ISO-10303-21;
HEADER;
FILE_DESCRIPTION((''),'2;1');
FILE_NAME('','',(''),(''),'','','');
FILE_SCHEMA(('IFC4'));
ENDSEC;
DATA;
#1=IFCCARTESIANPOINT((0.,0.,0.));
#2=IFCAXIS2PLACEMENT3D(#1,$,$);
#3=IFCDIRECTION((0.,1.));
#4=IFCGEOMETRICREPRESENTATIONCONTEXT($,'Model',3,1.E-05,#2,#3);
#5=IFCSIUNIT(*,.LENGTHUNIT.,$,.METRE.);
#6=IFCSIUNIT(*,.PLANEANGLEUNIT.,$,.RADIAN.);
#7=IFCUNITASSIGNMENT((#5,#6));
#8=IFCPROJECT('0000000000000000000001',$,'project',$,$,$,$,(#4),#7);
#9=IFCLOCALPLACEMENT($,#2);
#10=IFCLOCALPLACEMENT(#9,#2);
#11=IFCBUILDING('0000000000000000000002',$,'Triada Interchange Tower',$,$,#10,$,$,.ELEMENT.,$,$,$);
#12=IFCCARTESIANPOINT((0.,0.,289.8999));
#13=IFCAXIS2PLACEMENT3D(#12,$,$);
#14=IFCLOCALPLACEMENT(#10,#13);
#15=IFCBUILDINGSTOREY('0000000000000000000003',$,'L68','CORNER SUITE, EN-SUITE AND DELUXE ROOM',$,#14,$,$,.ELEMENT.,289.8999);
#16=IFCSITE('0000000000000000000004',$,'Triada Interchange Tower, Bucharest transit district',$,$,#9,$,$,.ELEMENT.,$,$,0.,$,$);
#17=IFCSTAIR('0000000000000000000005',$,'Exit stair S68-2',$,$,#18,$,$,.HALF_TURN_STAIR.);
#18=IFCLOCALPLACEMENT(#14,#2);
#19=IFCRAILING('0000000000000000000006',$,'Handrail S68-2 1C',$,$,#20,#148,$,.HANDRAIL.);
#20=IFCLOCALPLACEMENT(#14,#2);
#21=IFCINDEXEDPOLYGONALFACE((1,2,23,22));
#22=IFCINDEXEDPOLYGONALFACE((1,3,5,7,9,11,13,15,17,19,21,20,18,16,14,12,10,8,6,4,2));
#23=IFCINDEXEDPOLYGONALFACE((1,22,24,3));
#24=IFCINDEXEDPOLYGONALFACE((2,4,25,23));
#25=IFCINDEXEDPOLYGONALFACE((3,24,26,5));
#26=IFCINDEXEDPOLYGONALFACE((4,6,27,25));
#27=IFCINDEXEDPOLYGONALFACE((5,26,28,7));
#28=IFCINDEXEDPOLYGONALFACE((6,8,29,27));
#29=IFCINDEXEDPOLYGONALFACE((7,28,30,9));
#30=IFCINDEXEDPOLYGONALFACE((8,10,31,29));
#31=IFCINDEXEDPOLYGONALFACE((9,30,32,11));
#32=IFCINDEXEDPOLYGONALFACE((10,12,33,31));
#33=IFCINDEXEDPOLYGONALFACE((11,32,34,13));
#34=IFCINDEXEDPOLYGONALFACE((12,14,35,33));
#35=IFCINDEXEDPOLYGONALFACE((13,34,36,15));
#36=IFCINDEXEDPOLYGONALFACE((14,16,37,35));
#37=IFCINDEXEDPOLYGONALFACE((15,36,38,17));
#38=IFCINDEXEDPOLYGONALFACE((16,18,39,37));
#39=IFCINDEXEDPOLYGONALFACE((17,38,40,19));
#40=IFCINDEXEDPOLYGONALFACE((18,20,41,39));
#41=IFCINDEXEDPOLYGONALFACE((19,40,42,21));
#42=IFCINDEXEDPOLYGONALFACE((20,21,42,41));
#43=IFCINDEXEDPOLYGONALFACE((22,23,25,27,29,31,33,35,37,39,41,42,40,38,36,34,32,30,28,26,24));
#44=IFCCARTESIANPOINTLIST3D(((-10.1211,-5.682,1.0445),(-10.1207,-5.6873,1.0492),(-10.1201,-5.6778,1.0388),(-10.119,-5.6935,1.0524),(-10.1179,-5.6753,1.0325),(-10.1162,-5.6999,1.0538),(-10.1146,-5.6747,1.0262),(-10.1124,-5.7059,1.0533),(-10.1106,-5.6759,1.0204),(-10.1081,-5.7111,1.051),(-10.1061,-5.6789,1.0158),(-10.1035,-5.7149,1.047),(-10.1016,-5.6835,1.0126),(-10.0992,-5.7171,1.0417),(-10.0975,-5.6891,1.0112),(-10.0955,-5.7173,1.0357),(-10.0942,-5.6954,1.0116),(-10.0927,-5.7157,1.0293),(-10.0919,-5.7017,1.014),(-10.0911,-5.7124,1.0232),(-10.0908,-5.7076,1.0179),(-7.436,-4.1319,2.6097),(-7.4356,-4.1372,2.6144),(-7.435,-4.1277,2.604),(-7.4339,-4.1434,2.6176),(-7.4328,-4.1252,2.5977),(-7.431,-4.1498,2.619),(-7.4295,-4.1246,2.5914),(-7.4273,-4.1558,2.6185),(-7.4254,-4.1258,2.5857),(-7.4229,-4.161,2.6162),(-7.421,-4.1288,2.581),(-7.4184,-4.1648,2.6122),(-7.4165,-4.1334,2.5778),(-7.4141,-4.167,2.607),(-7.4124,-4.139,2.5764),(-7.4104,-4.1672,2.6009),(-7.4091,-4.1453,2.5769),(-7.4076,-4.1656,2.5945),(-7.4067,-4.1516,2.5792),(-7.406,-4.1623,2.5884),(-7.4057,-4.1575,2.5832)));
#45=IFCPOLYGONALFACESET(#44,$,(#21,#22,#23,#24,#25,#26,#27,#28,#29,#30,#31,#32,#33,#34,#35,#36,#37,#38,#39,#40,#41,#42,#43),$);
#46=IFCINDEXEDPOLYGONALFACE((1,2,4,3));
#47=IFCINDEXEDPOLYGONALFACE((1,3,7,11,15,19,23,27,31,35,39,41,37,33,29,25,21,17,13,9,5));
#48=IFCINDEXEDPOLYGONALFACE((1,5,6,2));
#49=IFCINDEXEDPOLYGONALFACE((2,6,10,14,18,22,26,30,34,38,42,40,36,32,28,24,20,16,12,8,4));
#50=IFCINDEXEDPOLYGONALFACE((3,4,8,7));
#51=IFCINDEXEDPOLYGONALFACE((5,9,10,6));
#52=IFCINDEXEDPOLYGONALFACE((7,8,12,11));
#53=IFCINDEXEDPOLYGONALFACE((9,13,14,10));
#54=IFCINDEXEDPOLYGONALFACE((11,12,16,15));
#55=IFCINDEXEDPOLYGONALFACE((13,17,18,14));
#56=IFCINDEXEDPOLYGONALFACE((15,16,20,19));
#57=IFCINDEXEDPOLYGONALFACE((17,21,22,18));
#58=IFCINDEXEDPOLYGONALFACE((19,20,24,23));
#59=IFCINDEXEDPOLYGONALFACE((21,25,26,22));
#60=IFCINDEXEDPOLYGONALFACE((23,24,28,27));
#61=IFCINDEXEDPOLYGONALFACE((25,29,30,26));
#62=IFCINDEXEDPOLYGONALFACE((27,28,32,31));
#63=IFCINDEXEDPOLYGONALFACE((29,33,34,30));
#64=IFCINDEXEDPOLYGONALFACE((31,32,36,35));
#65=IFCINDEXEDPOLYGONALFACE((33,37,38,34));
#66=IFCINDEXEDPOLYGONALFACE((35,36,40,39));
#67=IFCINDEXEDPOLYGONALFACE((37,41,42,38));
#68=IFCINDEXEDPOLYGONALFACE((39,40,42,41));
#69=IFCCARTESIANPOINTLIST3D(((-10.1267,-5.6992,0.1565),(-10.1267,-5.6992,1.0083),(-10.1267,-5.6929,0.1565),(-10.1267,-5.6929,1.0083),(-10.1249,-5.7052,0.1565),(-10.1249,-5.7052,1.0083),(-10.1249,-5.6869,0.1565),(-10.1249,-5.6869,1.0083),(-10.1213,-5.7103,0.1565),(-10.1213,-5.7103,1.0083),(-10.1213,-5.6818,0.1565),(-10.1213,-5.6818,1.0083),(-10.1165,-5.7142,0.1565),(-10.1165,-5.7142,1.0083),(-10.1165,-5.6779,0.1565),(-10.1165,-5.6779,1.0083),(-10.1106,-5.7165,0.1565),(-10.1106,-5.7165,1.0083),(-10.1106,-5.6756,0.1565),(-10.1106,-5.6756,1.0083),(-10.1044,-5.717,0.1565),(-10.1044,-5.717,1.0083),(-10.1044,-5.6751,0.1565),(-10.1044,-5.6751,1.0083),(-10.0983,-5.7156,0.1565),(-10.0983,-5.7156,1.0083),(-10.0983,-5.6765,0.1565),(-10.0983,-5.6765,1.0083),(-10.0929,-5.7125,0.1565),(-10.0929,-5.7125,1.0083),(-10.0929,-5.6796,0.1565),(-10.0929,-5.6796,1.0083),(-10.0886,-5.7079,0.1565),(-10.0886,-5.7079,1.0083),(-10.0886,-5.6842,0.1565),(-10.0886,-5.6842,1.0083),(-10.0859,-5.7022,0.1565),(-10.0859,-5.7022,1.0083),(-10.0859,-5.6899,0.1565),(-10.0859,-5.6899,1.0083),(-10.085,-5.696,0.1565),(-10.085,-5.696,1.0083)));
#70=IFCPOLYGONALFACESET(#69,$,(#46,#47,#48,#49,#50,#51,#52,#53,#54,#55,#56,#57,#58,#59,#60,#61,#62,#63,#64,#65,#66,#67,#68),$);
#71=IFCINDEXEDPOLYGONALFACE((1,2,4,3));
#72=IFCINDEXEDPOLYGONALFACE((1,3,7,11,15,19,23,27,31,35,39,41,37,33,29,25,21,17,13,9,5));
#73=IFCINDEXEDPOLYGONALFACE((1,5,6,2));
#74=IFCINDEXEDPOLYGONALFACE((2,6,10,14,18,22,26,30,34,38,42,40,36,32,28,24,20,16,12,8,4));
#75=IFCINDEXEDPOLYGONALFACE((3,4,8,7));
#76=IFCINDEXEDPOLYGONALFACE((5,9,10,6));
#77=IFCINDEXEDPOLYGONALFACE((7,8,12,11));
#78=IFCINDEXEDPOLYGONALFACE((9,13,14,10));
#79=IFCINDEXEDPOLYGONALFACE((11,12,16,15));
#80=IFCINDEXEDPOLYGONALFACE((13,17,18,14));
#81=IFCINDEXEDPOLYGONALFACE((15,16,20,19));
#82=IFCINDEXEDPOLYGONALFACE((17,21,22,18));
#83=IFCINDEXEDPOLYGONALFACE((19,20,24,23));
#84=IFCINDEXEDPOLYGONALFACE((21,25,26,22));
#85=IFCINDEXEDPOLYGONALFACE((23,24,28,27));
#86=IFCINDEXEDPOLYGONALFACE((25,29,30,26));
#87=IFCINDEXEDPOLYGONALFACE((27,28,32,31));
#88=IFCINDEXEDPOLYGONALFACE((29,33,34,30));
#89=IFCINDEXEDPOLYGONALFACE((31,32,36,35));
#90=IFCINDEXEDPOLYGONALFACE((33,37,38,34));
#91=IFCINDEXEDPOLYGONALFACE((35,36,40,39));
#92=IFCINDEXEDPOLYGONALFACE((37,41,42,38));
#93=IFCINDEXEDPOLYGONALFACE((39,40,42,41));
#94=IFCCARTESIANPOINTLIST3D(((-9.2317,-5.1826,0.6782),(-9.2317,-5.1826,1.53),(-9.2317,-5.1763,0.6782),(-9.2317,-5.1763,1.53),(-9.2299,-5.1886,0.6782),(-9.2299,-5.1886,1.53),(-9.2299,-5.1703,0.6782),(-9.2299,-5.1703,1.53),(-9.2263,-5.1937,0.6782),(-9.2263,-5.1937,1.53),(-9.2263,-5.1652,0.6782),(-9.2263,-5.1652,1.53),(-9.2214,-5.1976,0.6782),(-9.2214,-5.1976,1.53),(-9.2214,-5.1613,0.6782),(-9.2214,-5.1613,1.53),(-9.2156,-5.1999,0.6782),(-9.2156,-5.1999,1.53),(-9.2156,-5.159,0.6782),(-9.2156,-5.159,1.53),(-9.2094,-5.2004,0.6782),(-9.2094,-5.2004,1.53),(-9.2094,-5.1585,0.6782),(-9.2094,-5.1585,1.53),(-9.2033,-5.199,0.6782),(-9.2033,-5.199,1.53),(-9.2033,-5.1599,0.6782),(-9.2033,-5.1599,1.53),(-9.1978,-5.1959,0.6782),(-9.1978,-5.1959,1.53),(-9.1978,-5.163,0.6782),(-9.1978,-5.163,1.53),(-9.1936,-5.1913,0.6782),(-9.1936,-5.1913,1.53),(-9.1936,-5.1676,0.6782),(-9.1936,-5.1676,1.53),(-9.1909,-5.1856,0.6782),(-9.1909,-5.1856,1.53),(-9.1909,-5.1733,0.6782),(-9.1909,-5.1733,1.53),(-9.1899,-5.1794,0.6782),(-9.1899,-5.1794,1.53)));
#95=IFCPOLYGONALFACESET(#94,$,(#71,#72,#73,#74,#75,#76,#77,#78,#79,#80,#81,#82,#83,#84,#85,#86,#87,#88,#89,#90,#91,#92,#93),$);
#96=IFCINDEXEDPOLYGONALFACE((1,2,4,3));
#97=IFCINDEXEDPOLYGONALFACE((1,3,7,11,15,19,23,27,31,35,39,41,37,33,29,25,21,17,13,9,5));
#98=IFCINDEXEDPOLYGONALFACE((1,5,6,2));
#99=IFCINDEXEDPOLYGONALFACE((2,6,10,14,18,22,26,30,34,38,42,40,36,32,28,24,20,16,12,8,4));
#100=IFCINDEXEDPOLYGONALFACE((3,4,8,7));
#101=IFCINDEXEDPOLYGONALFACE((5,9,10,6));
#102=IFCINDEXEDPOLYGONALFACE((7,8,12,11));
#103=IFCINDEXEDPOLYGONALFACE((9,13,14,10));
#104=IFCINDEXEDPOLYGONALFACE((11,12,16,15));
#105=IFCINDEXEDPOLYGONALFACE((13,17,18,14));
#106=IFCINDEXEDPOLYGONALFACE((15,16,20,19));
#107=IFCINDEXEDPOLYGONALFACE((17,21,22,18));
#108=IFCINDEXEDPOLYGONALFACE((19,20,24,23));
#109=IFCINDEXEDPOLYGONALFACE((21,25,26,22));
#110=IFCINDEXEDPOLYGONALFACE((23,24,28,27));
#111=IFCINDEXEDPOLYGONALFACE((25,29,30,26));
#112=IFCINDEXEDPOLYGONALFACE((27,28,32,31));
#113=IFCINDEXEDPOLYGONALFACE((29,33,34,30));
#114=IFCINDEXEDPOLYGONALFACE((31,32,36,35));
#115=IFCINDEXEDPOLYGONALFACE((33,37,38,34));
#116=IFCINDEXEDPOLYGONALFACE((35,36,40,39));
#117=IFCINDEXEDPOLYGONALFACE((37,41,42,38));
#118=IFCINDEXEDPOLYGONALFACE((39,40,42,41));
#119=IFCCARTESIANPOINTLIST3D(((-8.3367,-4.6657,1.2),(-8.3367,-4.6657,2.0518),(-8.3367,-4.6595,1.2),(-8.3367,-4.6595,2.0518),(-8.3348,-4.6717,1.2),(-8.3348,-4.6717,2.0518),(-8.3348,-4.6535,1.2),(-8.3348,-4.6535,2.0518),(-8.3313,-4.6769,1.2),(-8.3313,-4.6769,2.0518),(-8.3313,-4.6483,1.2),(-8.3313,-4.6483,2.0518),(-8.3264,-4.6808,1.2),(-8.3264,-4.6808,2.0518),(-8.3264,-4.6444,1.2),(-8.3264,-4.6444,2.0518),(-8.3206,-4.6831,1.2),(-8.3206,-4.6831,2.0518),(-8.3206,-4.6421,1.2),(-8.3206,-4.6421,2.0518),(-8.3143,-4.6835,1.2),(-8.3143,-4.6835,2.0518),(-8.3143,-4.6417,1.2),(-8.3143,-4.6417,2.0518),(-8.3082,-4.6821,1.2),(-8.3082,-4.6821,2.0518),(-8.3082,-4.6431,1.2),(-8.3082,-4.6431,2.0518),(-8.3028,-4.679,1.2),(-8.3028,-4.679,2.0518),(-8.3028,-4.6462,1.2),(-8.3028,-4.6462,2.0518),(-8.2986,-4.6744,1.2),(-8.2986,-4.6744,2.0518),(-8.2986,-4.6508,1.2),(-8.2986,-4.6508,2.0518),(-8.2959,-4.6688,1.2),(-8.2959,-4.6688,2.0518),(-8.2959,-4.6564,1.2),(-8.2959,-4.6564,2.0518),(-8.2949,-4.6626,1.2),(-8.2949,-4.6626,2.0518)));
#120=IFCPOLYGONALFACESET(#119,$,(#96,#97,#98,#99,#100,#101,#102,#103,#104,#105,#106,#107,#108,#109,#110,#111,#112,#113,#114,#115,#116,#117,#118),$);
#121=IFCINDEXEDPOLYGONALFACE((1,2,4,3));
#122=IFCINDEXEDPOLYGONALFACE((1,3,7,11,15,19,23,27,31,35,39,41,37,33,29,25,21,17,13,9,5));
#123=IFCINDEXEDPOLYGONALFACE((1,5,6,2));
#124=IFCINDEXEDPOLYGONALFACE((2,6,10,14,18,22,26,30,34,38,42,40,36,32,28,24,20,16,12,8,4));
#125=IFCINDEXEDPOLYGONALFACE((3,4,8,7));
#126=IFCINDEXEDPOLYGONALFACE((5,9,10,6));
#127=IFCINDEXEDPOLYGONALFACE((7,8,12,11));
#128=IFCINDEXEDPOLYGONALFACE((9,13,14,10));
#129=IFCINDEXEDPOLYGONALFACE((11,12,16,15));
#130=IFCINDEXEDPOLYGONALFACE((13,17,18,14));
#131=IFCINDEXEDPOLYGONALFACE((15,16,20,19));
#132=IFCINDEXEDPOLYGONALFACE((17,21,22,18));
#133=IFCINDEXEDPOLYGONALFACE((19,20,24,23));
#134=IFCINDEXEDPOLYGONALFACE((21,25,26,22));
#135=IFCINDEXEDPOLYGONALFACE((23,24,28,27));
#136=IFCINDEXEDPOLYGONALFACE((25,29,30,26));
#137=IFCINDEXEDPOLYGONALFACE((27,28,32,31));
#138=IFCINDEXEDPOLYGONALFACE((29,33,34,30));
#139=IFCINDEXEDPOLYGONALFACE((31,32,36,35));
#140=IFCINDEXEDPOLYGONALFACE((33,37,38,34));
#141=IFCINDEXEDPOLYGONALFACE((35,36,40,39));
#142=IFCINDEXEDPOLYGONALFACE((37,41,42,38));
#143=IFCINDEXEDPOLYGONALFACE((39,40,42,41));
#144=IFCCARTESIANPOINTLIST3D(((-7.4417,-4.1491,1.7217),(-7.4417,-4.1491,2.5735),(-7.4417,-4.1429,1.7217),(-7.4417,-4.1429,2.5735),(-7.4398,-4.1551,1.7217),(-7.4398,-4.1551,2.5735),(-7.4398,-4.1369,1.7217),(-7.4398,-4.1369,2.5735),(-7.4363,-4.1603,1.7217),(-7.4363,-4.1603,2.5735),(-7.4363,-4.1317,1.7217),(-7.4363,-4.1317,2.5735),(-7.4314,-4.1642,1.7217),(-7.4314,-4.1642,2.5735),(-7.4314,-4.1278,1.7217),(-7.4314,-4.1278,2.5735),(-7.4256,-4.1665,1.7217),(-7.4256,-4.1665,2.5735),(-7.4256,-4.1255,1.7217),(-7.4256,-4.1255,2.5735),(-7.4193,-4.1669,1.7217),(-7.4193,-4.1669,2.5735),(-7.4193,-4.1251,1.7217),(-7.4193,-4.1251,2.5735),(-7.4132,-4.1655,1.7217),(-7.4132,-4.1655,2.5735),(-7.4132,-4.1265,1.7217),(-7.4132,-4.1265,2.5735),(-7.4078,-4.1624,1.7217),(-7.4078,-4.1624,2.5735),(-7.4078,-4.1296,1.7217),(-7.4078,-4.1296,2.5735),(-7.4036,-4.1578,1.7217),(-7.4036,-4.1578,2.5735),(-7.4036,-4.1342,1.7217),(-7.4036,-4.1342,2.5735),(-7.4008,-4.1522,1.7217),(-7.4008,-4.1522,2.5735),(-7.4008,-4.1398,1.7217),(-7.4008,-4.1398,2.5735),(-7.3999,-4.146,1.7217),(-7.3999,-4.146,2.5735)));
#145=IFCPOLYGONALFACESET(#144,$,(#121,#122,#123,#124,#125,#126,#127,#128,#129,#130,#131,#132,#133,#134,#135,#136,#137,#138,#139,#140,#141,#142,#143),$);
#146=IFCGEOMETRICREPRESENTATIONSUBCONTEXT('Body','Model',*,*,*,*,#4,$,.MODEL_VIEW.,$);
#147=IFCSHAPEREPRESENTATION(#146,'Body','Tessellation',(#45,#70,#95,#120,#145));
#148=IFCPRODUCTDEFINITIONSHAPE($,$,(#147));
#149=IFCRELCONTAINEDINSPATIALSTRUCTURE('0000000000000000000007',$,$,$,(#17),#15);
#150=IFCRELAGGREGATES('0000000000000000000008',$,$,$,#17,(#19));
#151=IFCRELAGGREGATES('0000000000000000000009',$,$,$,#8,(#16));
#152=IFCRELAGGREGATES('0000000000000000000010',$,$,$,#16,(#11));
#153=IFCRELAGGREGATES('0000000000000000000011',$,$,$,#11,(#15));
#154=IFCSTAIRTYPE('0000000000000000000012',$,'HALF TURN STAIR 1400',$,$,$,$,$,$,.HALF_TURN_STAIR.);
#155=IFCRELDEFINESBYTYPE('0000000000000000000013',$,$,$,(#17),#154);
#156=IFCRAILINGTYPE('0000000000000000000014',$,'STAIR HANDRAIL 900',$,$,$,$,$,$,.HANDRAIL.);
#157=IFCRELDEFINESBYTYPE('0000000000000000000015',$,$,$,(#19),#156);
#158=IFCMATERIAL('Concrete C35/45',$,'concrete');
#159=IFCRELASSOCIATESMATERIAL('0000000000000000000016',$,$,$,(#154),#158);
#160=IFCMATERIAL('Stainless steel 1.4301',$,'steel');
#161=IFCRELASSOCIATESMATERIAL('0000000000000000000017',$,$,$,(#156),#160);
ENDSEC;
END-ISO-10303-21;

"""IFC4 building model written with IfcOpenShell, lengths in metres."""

from ifc_helpers import new_model, si_unit, direction, frame, origin, origin_2d, place, context, subcontext, project, spatial, circle, extrude, material, type_object, element, aggregate, save


model = new_model("IFC4")

# Units and contexts
model_context = context("Model", 3, precision=1e-05, world=origin(), true_north=direction((0.0, 1.0)))
body_context = subcontext(model_context, "Body", "Model", "MODEL_VIEW")
ifc_project = project(units=[si_unit("LENGTHUNIT", "METRE"), si_unit("PLANEANGLEUNIT", "RADIAN")], contexts=[model_context])

# Site, building, storey
site_placement = place(None, origin())
site = spatial("IfcSite", under=ifc_project, at=site_placement, Name="Triada Interchange Tower, Bucharest transit district", CompositionType="ELEMENT", RefElevation=0.0)
building_placement = place(site_placement, origin())
building = spatial("IfcBuilding", under=site, at=building_placement, Name="Triada Interchange Tower", CompositionType="ELEMENT")
storey_placement = place(building_placement, frame((0.0, 0.0, 289.8999)))
storey = spatial("IfcBuildingStorey", under=building, at=storey_placement, Name="L68", Description="CORNER SUITE, EN-SUITE AND DELUXE ROOM", CompositionType="ELEMENT", Elevation=289.8999)

# Stair, railing
ifc_material_1 = material(Name="Concrete C35/45", Category="concrete")
stair_type = type_object("IfcStairType", Name="HALF TURN STAIR 1400", PredefinedType="HALF_TURN_STAIR", material=ifc_material_1)
stair_placement = place(storey_placement, origin())
stair = element("IfcStair", 1, at=stair_placement, inside=storey, type_object=stair_type, Name="Exit stair S68-2", PredefinedType="HALF_TURN_STAIR")
ifc_material_2 = material(Name="Stainless steel 1.4301", Category="steel")
railing_type = type_object("IfcRailingType", Name="STAIR HANDRAIL 900", PredefinedType="HANDRAIL", material=ifc_material_2)
railing_1_placement = place(storey_placement, frame((-10.106, -5.696, 0.1565)))
railing_1 = element("IfcRailing", 2, at=railing_1_placement, type_object=railing_type, Name="Handrail S68-2 1C", PredefinedType="HANDRAIL", context=body_context, shape_type="SweptSolid", body=[
    extrude(circle(Radius=0.0239, at=origin_2d()), frame((0.0, 0.0, 0.876), z_axis=(0.773115, 0.446309, 0.450667), x_axis=(-0.499959, 0.866049, 0.0)), (0.0, 0.0, 1.0), 3.4731),
    extrude(circle(Radius=0.021, at=origin_2d()), origin(), (0.0, 0.0, 1.0), 0.8518),
    extrude(circle(Radius=0.021, at=origin_2d()), frame((0.895, 0.5166, 0.5217)), (0.0, 0.0, 1.0), 0.8518),
    extrude(circle(Radius=0.021, at=origin_2d()), frame((1.79, 1.0334, 1.0435)), (0.0, 0.0, 1.0), 0.8518),
    extrude(circle(Radius=0.021, at=origin_2d()), frame((2.6851, 1.55, 1.5652)), (0.0, 0.0, 1.0), 0.8518),
])
aggregate(stair, [railing_1])

save(model, "model.ifc")
